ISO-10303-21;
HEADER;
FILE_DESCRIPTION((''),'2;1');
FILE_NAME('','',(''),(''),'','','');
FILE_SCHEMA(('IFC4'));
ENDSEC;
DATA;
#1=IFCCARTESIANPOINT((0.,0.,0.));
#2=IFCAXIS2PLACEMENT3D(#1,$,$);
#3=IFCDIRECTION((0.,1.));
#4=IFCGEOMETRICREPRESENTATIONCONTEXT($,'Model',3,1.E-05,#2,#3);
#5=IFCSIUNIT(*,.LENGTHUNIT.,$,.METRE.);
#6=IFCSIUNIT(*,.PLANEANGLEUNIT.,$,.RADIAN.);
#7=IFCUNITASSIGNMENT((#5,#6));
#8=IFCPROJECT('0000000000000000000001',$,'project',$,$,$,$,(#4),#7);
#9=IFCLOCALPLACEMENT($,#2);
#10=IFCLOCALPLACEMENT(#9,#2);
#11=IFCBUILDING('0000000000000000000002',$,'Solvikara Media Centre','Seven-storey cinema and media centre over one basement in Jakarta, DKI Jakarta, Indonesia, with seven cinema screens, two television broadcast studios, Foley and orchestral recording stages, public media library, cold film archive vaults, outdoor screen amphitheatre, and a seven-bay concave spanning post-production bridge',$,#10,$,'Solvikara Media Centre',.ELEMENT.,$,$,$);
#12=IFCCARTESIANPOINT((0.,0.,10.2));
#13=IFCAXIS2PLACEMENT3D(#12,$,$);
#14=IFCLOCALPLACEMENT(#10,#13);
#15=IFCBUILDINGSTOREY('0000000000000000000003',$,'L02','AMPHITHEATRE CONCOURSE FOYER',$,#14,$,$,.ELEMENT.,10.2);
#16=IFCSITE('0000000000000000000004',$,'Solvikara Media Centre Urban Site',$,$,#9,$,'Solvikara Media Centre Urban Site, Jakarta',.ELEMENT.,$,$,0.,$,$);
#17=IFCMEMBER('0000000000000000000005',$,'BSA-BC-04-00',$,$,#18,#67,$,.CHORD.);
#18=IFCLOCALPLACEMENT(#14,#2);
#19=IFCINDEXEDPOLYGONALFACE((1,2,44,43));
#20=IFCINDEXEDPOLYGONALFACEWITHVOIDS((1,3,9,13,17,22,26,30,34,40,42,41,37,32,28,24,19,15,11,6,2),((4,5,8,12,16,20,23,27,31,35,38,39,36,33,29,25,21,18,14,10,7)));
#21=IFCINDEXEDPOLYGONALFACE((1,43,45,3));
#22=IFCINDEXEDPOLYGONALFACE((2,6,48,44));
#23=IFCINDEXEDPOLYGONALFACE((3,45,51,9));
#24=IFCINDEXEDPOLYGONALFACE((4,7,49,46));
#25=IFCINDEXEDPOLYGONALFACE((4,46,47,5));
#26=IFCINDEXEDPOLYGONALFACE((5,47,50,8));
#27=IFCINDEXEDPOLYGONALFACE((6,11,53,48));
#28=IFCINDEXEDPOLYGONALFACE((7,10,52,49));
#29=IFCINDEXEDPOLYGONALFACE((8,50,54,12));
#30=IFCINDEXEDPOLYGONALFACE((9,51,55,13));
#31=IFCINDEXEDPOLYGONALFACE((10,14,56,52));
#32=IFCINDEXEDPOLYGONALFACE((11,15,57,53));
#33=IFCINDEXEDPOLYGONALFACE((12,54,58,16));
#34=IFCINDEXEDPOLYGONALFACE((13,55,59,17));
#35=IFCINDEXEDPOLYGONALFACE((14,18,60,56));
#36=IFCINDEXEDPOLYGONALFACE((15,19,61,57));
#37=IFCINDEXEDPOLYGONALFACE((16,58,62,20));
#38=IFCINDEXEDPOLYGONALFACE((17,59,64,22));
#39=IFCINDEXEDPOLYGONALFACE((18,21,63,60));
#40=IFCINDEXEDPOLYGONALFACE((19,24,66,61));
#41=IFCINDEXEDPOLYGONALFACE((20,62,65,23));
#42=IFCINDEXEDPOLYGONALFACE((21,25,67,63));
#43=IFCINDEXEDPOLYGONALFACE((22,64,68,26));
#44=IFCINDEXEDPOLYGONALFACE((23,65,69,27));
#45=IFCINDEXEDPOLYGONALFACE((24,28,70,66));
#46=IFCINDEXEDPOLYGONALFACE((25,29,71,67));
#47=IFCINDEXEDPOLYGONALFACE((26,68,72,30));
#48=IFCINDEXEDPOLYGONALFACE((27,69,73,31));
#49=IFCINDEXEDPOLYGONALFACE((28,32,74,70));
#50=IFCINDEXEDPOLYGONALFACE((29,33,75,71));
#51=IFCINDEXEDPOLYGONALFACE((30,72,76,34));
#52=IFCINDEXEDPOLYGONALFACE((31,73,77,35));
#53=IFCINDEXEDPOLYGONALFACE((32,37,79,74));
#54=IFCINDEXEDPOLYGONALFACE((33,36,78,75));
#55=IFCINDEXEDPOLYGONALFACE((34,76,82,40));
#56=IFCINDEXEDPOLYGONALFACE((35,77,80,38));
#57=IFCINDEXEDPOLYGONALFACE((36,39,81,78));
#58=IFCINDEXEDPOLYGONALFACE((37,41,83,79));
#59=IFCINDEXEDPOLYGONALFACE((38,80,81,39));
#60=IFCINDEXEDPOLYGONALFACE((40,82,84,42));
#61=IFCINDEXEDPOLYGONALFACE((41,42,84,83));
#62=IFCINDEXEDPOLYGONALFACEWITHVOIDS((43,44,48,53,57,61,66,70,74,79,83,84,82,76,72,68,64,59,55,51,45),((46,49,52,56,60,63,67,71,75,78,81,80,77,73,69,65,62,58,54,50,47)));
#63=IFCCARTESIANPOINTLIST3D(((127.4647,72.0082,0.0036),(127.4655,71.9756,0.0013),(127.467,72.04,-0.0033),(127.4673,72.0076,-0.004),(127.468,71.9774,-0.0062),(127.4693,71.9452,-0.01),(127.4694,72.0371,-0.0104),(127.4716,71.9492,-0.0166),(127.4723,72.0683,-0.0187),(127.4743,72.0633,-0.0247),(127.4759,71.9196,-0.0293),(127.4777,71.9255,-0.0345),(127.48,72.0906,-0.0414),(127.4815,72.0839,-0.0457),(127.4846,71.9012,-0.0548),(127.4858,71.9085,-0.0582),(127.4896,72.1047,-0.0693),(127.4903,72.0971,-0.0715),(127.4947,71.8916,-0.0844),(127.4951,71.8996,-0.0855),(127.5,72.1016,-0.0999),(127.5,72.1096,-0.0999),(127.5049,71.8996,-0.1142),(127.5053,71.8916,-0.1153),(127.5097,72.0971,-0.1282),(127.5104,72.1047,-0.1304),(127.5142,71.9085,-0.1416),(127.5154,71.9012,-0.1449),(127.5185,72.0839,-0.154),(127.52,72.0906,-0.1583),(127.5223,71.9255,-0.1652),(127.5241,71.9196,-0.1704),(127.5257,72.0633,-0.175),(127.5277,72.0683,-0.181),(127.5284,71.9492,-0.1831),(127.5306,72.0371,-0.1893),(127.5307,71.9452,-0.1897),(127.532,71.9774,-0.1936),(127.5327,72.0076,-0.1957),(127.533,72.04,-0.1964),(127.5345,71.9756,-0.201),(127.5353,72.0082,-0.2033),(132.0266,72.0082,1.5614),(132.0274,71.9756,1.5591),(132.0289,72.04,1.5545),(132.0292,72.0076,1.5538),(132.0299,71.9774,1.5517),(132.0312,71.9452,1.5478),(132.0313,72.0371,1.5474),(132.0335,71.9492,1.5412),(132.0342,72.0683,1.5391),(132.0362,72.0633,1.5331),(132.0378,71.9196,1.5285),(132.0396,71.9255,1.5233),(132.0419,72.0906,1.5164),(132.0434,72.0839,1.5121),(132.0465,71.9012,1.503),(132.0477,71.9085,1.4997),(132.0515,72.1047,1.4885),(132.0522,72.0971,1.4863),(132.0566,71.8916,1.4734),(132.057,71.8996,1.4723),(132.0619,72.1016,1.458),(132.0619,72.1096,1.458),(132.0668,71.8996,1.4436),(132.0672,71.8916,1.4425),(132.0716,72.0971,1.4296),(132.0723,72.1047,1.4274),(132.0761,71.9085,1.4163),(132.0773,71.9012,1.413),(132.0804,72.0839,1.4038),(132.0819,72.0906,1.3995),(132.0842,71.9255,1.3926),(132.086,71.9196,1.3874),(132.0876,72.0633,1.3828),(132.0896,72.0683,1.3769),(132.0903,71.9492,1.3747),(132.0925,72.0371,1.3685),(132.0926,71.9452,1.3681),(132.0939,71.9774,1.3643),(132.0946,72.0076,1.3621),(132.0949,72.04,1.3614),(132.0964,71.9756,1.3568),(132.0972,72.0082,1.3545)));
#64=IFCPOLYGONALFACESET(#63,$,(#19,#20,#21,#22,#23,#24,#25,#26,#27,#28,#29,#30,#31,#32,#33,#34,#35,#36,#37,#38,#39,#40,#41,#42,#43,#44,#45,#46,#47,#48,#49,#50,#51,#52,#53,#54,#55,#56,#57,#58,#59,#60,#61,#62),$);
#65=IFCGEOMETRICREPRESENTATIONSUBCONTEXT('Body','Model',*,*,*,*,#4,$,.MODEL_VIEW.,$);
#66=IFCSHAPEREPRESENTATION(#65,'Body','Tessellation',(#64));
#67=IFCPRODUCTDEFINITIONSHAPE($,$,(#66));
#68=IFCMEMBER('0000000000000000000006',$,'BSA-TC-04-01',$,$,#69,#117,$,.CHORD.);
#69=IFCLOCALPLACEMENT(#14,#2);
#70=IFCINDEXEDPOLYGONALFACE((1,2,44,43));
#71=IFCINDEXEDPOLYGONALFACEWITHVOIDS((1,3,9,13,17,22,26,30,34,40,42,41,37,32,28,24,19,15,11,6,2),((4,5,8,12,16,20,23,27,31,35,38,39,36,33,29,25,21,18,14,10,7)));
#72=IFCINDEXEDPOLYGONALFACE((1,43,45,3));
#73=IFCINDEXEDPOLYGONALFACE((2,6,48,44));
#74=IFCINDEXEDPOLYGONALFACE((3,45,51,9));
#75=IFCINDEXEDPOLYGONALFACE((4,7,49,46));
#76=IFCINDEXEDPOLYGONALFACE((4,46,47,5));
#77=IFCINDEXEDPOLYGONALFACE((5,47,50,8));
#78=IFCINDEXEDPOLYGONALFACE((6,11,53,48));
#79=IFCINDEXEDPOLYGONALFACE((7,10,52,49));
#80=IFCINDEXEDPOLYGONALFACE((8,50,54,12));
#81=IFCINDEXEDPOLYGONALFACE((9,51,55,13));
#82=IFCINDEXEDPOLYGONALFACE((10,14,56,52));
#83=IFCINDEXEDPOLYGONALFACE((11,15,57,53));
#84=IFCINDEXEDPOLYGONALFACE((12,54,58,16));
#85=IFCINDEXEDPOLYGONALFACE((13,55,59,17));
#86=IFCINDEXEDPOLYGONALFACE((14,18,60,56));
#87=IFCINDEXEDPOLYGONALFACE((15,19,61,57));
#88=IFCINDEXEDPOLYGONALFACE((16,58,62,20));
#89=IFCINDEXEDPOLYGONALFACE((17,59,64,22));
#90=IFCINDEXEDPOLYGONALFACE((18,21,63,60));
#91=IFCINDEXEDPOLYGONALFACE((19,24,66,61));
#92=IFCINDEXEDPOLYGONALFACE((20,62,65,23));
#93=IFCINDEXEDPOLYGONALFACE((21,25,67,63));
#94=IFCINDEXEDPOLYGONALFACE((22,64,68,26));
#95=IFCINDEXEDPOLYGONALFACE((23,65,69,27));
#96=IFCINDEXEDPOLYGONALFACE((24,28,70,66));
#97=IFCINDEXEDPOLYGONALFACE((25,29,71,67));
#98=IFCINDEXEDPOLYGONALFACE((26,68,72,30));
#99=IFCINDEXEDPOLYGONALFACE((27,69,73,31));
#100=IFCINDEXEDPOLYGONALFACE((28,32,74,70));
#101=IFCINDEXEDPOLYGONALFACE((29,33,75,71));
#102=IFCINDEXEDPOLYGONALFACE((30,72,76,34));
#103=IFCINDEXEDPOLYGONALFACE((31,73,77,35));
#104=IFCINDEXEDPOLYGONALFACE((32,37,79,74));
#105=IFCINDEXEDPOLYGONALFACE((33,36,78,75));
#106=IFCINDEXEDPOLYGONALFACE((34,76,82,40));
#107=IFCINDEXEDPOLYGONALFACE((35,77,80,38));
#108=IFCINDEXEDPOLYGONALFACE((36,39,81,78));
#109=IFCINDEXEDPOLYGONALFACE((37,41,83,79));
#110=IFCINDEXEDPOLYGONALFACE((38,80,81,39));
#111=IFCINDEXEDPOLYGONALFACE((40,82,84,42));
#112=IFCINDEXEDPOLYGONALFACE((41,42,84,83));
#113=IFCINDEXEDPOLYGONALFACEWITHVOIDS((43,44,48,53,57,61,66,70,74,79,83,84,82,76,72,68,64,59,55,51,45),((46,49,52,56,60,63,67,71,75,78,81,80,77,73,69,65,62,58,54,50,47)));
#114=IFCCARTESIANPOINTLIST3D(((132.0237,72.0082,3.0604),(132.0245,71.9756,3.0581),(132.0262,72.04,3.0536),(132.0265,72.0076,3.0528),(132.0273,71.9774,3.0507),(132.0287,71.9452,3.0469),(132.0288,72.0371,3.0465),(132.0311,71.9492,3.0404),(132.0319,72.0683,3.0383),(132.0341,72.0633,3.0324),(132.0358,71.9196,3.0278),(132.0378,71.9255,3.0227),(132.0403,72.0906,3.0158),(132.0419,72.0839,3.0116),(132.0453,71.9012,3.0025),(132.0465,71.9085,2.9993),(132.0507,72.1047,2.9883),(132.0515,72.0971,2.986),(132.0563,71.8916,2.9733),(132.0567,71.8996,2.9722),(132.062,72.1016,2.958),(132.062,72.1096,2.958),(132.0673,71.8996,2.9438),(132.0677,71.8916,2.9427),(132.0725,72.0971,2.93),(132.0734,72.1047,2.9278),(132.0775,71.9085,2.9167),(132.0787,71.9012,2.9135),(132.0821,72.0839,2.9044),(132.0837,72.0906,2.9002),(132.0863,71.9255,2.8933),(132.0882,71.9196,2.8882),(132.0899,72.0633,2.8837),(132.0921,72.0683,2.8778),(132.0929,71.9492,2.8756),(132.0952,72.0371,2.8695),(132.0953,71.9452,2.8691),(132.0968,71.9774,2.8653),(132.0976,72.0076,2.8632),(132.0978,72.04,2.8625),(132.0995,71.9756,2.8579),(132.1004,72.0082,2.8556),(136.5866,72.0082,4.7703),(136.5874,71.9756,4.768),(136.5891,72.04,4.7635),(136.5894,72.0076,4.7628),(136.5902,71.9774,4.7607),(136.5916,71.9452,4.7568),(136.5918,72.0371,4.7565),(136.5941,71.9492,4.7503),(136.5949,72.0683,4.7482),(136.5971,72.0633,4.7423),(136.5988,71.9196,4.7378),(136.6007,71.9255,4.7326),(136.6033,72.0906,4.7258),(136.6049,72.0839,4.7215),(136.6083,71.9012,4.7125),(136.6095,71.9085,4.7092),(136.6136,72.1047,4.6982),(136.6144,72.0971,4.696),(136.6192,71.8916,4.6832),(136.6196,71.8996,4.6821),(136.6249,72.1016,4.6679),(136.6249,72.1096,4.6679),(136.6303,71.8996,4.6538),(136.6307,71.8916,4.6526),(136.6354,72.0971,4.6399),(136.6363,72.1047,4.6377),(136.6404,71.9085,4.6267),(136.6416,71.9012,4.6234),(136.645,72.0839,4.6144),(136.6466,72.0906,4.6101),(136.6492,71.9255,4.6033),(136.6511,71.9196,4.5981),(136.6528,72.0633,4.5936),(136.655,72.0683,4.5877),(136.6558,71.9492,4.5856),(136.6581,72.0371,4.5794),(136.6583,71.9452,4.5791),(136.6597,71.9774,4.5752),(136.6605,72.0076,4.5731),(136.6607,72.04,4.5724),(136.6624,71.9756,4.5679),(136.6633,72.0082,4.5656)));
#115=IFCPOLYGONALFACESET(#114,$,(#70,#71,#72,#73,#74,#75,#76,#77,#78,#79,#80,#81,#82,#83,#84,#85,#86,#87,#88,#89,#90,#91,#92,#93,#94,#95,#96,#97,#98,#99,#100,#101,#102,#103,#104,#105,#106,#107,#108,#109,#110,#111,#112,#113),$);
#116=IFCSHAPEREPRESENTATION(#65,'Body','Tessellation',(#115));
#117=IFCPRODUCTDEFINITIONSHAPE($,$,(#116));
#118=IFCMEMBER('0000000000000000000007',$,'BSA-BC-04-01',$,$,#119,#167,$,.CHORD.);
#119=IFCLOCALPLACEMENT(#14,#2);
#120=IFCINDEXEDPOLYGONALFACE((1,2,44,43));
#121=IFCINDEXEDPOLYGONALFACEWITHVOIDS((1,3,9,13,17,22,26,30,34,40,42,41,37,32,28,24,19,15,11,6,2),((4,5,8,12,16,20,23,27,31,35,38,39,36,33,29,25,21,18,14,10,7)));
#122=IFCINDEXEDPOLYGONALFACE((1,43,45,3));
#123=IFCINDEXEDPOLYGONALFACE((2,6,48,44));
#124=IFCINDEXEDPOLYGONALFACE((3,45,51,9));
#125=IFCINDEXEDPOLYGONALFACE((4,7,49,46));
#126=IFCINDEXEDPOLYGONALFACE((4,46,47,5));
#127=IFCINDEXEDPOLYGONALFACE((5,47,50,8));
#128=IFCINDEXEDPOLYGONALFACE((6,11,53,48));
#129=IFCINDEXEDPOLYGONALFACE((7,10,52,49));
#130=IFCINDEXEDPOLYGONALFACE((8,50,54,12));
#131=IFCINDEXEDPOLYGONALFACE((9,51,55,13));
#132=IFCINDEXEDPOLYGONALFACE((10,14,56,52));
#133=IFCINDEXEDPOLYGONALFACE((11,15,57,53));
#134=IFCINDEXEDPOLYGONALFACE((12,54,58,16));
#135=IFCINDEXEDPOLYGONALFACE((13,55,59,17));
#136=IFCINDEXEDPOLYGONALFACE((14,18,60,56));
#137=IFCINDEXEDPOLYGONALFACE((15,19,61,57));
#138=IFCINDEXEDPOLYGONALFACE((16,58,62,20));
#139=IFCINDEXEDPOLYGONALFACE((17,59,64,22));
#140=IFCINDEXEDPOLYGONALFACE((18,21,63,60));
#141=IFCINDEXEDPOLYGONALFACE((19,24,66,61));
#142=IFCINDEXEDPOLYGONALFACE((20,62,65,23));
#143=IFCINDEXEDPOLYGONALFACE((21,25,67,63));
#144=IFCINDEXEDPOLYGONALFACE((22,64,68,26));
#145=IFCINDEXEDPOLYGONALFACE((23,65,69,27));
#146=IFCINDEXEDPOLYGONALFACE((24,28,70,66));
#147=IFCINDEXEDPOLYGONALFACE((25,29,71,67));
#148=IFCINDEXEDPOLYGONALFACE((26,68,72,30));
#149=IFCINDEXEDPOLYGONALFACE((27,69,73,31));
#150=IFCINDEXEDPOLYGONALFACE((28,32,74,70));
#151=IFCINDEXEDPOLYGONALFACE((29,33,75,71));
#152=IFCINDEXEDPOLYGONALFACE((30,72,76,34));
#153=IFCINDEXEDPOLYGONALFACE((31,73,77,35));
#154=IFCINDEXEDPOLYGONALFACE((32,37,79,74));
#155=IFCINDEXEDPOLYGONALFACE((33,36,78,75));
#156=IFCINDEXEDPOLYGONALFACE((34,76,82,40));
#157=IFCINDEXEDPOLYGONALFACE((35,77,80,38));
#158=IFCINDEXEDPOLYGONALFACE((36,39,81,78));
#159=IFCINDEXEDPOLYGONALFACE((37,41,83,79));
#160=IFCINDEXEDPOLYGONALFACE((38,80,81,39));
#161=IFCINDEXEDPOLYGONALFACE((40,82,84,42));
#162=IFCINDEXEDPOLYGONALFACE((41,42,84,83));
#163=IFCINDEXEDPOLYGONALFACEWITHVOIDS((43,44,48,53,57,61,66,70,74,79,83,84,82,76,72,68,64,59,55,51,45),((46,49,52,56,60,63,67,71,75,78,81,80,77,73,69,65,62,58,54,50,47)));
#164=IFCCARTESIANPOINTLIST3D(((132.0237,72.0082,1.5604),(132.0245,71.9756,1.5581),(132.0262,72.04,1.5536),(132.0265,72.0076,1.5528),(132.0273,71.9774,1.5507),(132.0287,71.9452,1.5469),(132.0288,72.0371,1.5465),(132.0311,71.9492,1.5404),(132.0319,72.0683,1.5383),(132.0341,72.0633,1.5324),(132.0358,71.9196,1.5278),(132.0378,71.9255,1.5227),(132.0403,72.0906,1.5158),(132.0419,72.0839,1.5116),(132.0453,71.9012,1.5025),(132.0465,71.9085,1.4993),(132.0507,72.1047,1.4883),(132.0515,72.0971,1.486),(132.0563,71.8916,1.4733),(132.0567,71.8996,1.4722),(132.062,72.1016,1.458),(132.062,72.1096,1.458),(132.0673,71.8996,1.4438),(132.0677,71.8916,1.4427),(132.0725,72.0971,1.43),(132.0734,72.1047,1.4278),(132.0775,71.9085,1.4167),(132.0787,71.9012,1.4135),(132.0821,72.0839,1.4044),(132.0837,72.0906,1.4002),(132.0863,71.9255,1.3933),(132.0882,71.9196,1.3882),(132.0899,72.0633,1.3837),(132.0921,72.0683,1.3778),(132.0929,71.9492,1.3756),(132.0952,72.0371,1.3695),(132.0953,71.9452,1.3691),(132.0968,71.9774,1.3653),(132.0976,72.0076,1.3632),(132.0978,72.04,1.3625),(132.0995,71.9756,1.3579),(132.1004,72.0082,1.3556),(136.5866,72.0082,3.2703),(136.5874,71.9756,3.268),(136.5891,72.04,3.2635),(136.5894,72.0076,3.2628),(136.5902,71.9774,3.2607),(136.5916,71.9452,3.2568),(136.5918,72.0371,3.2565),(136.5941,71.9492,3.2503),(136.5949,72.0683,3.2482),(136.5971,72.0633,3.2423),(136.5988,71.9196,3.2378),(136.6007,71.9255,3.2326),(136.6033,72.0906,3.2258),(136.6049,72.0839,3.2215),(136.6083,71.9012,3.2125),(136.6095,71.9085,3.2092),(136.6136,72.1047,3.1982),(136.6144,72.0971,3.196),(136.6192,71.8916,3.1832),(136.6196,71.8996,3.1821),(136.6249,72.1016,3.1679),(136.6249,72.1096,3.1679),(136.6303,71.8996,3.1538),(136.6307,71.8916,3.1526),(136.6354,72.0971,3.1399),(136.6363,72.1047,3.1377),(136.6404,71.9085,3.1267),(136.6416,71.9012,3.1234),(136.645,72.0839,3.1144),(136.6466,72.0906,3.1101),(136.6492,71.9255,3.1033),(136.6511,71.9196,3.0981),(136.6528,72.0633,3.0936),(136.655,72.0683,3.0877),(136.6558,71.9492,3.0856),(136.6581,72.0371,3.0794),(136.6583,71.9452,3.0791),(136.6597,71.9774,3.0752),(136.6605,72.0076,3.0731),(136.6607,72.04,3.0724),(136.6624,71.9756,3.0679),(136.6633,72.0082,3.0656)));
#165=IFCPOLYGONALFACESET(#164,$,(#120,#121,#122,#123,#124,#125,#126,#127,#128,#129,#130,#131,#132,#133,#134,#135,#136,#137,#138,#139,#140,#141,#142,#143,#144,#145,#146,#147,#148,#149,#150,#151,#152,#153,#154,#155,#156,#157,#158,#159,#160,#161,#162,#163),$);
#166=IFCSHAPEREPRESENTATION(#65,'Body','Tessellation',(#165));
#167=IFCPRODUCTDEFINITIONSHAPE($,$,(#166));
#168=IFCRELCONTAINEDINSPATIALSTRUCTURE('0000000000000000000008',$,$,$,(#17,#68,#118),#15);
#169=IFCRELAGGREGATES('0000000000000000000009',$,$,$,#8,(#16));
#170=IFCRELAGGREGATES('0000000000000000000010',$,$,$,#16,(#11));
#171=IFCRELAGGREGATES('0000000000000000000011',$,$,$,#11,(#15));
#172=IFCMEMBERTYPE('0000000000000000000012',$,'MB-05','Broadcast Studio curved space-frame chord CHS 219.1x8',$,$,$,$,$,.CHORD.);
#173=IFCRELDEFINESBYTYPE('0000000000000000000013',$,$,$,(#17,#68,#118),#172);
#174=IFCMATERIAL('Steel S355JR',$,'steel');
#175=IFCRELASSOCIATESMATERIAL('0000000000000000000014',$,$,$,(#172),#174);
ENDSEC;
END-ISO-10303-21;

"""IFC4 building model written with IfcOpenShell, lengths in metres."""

from ifc_helpers import new_model, si_unit, direction, frame, origin, origin_2d, place, context, subcontext, project, spatial, hollow_circle, extrude, material, material_profile, profile_set, type_object, element, save


model = new_model("IFC4")

# Units and contexts
model_context = context("Model", 3, precision=1e-05, world=origin(), true_north=direction((0.0, 1.0)))
body_context = subcontext(model_context, "Body", "Model", "MODEL_VIEW")
ifc_project = project(units=[si_unit("LENGTHUNIT", "METRE"), si_unit("PLANEANGLEUNIT", "RADIAN")], contexts=[model_context])

# Site, building, storey
site_placement = place(None, origin())
site = spatial("IfcSite", under=ifc_project, at=site_placement, Name="Solvikara Media Centre Urban Site", LongName="Solvikara Media Centre Urban Site, Jakarta", CompositionType="ELEMENT", RefElevation=0.0)
building_placement = place(site_placement, origin())
building = spatial("IfcBuilding", under=site, at=building_placement, Name="Solvikara Media Centre", Description="Seven-storey cinema and media centre over one basement in Jakarta, DKI Jakarta, Indonesia, with seven cinema screens, two television broadcast studios, Foley and orchestral recording stages, public media library, cold film archive vaults, outdoor screen amphitheatre, and a seven-bay concave spanning post-production bridge", LongName="Solvikara Media Centre", CompositionType="ELEMENT")
storey_placement = place(building_placement, frame((0.0, 0.0, 10.2)))
storey = spatial("IfcBuildingStorey", under=building, at=storey_placement, Name="L02", Description="AMPHITHEATRE CONCOURSE FOYER", CompositionType="ELEMENT", Elevation=10.2)

# Shared definitions
ifc_material_1 = material(Name="Steel S355JR", Category="steel")

# Members
ifc_material_profile_1 = material_profile(ifc_material_1, hollow_circle(Radius=0.1096, WallThickness=0.0081, at=origin_2d()), Name="CHS 219.1x8")
ifc_profile_set_1 = profile_set([ifc_material_profile_1], Name="Steel S355JR")
member_type_1 = type_object("IfcMemberType", Name="MB-05", Description="Broadcast Studio curved space-frame chord CHS 219.1x8", PredefinedType="CHORD", material=ifc_profile_set_1)
member_1_placement = place(storey_placement, frame((127.5, 72.0, -0.0999), z_axis=(0.946343, 0.0, 0.323163), x_axis=(0.0, 1.0, 0.0)))
element("IfcMember", 1, at=member_1_placement, inside=storey, type_object=member_type_1, Name="BSA-BC-04-00", PredefinedType="CHORD", context=body_context, shape_type="SweptSolid", body=[
    extrude(hollow_circle(Radius=0.1096, WallThickness=0.0081, at=origin_2d()), origin(), (0.0, 0.0, 1.0), 4.8206),
])
for number, where, z_axis, x_axis, name in (
    (2, (132.062, 72.0, 2.958), (0.936407, 0.0, 0.350915), (0.0, 1.0, 0.0), "BSA-TC-04-01"),
    (3, (132.062, 72.0, 1.458), (0.936407, 0.0, 0.350915), (0.0, 1.0, 0.0), "BSA-BC-04-01"),
):
    element("IfcMember", number, at=place(storey_placement, frame(where, z_axis=z_axis, x_axis=x_axis)), inside=storey, type_object=member_type_1, Name=name, PredefinedType="CHORD", context=body_context, shape_type="SweptSolid", body=[
        extrude(hollow_circle(Radius=0.1096, WallThickness=0.0081, at=origin_2d()), origin(), (0.0, 0.0, 1.0), 4.8728),
    ])

save(model, "model.ifc")
